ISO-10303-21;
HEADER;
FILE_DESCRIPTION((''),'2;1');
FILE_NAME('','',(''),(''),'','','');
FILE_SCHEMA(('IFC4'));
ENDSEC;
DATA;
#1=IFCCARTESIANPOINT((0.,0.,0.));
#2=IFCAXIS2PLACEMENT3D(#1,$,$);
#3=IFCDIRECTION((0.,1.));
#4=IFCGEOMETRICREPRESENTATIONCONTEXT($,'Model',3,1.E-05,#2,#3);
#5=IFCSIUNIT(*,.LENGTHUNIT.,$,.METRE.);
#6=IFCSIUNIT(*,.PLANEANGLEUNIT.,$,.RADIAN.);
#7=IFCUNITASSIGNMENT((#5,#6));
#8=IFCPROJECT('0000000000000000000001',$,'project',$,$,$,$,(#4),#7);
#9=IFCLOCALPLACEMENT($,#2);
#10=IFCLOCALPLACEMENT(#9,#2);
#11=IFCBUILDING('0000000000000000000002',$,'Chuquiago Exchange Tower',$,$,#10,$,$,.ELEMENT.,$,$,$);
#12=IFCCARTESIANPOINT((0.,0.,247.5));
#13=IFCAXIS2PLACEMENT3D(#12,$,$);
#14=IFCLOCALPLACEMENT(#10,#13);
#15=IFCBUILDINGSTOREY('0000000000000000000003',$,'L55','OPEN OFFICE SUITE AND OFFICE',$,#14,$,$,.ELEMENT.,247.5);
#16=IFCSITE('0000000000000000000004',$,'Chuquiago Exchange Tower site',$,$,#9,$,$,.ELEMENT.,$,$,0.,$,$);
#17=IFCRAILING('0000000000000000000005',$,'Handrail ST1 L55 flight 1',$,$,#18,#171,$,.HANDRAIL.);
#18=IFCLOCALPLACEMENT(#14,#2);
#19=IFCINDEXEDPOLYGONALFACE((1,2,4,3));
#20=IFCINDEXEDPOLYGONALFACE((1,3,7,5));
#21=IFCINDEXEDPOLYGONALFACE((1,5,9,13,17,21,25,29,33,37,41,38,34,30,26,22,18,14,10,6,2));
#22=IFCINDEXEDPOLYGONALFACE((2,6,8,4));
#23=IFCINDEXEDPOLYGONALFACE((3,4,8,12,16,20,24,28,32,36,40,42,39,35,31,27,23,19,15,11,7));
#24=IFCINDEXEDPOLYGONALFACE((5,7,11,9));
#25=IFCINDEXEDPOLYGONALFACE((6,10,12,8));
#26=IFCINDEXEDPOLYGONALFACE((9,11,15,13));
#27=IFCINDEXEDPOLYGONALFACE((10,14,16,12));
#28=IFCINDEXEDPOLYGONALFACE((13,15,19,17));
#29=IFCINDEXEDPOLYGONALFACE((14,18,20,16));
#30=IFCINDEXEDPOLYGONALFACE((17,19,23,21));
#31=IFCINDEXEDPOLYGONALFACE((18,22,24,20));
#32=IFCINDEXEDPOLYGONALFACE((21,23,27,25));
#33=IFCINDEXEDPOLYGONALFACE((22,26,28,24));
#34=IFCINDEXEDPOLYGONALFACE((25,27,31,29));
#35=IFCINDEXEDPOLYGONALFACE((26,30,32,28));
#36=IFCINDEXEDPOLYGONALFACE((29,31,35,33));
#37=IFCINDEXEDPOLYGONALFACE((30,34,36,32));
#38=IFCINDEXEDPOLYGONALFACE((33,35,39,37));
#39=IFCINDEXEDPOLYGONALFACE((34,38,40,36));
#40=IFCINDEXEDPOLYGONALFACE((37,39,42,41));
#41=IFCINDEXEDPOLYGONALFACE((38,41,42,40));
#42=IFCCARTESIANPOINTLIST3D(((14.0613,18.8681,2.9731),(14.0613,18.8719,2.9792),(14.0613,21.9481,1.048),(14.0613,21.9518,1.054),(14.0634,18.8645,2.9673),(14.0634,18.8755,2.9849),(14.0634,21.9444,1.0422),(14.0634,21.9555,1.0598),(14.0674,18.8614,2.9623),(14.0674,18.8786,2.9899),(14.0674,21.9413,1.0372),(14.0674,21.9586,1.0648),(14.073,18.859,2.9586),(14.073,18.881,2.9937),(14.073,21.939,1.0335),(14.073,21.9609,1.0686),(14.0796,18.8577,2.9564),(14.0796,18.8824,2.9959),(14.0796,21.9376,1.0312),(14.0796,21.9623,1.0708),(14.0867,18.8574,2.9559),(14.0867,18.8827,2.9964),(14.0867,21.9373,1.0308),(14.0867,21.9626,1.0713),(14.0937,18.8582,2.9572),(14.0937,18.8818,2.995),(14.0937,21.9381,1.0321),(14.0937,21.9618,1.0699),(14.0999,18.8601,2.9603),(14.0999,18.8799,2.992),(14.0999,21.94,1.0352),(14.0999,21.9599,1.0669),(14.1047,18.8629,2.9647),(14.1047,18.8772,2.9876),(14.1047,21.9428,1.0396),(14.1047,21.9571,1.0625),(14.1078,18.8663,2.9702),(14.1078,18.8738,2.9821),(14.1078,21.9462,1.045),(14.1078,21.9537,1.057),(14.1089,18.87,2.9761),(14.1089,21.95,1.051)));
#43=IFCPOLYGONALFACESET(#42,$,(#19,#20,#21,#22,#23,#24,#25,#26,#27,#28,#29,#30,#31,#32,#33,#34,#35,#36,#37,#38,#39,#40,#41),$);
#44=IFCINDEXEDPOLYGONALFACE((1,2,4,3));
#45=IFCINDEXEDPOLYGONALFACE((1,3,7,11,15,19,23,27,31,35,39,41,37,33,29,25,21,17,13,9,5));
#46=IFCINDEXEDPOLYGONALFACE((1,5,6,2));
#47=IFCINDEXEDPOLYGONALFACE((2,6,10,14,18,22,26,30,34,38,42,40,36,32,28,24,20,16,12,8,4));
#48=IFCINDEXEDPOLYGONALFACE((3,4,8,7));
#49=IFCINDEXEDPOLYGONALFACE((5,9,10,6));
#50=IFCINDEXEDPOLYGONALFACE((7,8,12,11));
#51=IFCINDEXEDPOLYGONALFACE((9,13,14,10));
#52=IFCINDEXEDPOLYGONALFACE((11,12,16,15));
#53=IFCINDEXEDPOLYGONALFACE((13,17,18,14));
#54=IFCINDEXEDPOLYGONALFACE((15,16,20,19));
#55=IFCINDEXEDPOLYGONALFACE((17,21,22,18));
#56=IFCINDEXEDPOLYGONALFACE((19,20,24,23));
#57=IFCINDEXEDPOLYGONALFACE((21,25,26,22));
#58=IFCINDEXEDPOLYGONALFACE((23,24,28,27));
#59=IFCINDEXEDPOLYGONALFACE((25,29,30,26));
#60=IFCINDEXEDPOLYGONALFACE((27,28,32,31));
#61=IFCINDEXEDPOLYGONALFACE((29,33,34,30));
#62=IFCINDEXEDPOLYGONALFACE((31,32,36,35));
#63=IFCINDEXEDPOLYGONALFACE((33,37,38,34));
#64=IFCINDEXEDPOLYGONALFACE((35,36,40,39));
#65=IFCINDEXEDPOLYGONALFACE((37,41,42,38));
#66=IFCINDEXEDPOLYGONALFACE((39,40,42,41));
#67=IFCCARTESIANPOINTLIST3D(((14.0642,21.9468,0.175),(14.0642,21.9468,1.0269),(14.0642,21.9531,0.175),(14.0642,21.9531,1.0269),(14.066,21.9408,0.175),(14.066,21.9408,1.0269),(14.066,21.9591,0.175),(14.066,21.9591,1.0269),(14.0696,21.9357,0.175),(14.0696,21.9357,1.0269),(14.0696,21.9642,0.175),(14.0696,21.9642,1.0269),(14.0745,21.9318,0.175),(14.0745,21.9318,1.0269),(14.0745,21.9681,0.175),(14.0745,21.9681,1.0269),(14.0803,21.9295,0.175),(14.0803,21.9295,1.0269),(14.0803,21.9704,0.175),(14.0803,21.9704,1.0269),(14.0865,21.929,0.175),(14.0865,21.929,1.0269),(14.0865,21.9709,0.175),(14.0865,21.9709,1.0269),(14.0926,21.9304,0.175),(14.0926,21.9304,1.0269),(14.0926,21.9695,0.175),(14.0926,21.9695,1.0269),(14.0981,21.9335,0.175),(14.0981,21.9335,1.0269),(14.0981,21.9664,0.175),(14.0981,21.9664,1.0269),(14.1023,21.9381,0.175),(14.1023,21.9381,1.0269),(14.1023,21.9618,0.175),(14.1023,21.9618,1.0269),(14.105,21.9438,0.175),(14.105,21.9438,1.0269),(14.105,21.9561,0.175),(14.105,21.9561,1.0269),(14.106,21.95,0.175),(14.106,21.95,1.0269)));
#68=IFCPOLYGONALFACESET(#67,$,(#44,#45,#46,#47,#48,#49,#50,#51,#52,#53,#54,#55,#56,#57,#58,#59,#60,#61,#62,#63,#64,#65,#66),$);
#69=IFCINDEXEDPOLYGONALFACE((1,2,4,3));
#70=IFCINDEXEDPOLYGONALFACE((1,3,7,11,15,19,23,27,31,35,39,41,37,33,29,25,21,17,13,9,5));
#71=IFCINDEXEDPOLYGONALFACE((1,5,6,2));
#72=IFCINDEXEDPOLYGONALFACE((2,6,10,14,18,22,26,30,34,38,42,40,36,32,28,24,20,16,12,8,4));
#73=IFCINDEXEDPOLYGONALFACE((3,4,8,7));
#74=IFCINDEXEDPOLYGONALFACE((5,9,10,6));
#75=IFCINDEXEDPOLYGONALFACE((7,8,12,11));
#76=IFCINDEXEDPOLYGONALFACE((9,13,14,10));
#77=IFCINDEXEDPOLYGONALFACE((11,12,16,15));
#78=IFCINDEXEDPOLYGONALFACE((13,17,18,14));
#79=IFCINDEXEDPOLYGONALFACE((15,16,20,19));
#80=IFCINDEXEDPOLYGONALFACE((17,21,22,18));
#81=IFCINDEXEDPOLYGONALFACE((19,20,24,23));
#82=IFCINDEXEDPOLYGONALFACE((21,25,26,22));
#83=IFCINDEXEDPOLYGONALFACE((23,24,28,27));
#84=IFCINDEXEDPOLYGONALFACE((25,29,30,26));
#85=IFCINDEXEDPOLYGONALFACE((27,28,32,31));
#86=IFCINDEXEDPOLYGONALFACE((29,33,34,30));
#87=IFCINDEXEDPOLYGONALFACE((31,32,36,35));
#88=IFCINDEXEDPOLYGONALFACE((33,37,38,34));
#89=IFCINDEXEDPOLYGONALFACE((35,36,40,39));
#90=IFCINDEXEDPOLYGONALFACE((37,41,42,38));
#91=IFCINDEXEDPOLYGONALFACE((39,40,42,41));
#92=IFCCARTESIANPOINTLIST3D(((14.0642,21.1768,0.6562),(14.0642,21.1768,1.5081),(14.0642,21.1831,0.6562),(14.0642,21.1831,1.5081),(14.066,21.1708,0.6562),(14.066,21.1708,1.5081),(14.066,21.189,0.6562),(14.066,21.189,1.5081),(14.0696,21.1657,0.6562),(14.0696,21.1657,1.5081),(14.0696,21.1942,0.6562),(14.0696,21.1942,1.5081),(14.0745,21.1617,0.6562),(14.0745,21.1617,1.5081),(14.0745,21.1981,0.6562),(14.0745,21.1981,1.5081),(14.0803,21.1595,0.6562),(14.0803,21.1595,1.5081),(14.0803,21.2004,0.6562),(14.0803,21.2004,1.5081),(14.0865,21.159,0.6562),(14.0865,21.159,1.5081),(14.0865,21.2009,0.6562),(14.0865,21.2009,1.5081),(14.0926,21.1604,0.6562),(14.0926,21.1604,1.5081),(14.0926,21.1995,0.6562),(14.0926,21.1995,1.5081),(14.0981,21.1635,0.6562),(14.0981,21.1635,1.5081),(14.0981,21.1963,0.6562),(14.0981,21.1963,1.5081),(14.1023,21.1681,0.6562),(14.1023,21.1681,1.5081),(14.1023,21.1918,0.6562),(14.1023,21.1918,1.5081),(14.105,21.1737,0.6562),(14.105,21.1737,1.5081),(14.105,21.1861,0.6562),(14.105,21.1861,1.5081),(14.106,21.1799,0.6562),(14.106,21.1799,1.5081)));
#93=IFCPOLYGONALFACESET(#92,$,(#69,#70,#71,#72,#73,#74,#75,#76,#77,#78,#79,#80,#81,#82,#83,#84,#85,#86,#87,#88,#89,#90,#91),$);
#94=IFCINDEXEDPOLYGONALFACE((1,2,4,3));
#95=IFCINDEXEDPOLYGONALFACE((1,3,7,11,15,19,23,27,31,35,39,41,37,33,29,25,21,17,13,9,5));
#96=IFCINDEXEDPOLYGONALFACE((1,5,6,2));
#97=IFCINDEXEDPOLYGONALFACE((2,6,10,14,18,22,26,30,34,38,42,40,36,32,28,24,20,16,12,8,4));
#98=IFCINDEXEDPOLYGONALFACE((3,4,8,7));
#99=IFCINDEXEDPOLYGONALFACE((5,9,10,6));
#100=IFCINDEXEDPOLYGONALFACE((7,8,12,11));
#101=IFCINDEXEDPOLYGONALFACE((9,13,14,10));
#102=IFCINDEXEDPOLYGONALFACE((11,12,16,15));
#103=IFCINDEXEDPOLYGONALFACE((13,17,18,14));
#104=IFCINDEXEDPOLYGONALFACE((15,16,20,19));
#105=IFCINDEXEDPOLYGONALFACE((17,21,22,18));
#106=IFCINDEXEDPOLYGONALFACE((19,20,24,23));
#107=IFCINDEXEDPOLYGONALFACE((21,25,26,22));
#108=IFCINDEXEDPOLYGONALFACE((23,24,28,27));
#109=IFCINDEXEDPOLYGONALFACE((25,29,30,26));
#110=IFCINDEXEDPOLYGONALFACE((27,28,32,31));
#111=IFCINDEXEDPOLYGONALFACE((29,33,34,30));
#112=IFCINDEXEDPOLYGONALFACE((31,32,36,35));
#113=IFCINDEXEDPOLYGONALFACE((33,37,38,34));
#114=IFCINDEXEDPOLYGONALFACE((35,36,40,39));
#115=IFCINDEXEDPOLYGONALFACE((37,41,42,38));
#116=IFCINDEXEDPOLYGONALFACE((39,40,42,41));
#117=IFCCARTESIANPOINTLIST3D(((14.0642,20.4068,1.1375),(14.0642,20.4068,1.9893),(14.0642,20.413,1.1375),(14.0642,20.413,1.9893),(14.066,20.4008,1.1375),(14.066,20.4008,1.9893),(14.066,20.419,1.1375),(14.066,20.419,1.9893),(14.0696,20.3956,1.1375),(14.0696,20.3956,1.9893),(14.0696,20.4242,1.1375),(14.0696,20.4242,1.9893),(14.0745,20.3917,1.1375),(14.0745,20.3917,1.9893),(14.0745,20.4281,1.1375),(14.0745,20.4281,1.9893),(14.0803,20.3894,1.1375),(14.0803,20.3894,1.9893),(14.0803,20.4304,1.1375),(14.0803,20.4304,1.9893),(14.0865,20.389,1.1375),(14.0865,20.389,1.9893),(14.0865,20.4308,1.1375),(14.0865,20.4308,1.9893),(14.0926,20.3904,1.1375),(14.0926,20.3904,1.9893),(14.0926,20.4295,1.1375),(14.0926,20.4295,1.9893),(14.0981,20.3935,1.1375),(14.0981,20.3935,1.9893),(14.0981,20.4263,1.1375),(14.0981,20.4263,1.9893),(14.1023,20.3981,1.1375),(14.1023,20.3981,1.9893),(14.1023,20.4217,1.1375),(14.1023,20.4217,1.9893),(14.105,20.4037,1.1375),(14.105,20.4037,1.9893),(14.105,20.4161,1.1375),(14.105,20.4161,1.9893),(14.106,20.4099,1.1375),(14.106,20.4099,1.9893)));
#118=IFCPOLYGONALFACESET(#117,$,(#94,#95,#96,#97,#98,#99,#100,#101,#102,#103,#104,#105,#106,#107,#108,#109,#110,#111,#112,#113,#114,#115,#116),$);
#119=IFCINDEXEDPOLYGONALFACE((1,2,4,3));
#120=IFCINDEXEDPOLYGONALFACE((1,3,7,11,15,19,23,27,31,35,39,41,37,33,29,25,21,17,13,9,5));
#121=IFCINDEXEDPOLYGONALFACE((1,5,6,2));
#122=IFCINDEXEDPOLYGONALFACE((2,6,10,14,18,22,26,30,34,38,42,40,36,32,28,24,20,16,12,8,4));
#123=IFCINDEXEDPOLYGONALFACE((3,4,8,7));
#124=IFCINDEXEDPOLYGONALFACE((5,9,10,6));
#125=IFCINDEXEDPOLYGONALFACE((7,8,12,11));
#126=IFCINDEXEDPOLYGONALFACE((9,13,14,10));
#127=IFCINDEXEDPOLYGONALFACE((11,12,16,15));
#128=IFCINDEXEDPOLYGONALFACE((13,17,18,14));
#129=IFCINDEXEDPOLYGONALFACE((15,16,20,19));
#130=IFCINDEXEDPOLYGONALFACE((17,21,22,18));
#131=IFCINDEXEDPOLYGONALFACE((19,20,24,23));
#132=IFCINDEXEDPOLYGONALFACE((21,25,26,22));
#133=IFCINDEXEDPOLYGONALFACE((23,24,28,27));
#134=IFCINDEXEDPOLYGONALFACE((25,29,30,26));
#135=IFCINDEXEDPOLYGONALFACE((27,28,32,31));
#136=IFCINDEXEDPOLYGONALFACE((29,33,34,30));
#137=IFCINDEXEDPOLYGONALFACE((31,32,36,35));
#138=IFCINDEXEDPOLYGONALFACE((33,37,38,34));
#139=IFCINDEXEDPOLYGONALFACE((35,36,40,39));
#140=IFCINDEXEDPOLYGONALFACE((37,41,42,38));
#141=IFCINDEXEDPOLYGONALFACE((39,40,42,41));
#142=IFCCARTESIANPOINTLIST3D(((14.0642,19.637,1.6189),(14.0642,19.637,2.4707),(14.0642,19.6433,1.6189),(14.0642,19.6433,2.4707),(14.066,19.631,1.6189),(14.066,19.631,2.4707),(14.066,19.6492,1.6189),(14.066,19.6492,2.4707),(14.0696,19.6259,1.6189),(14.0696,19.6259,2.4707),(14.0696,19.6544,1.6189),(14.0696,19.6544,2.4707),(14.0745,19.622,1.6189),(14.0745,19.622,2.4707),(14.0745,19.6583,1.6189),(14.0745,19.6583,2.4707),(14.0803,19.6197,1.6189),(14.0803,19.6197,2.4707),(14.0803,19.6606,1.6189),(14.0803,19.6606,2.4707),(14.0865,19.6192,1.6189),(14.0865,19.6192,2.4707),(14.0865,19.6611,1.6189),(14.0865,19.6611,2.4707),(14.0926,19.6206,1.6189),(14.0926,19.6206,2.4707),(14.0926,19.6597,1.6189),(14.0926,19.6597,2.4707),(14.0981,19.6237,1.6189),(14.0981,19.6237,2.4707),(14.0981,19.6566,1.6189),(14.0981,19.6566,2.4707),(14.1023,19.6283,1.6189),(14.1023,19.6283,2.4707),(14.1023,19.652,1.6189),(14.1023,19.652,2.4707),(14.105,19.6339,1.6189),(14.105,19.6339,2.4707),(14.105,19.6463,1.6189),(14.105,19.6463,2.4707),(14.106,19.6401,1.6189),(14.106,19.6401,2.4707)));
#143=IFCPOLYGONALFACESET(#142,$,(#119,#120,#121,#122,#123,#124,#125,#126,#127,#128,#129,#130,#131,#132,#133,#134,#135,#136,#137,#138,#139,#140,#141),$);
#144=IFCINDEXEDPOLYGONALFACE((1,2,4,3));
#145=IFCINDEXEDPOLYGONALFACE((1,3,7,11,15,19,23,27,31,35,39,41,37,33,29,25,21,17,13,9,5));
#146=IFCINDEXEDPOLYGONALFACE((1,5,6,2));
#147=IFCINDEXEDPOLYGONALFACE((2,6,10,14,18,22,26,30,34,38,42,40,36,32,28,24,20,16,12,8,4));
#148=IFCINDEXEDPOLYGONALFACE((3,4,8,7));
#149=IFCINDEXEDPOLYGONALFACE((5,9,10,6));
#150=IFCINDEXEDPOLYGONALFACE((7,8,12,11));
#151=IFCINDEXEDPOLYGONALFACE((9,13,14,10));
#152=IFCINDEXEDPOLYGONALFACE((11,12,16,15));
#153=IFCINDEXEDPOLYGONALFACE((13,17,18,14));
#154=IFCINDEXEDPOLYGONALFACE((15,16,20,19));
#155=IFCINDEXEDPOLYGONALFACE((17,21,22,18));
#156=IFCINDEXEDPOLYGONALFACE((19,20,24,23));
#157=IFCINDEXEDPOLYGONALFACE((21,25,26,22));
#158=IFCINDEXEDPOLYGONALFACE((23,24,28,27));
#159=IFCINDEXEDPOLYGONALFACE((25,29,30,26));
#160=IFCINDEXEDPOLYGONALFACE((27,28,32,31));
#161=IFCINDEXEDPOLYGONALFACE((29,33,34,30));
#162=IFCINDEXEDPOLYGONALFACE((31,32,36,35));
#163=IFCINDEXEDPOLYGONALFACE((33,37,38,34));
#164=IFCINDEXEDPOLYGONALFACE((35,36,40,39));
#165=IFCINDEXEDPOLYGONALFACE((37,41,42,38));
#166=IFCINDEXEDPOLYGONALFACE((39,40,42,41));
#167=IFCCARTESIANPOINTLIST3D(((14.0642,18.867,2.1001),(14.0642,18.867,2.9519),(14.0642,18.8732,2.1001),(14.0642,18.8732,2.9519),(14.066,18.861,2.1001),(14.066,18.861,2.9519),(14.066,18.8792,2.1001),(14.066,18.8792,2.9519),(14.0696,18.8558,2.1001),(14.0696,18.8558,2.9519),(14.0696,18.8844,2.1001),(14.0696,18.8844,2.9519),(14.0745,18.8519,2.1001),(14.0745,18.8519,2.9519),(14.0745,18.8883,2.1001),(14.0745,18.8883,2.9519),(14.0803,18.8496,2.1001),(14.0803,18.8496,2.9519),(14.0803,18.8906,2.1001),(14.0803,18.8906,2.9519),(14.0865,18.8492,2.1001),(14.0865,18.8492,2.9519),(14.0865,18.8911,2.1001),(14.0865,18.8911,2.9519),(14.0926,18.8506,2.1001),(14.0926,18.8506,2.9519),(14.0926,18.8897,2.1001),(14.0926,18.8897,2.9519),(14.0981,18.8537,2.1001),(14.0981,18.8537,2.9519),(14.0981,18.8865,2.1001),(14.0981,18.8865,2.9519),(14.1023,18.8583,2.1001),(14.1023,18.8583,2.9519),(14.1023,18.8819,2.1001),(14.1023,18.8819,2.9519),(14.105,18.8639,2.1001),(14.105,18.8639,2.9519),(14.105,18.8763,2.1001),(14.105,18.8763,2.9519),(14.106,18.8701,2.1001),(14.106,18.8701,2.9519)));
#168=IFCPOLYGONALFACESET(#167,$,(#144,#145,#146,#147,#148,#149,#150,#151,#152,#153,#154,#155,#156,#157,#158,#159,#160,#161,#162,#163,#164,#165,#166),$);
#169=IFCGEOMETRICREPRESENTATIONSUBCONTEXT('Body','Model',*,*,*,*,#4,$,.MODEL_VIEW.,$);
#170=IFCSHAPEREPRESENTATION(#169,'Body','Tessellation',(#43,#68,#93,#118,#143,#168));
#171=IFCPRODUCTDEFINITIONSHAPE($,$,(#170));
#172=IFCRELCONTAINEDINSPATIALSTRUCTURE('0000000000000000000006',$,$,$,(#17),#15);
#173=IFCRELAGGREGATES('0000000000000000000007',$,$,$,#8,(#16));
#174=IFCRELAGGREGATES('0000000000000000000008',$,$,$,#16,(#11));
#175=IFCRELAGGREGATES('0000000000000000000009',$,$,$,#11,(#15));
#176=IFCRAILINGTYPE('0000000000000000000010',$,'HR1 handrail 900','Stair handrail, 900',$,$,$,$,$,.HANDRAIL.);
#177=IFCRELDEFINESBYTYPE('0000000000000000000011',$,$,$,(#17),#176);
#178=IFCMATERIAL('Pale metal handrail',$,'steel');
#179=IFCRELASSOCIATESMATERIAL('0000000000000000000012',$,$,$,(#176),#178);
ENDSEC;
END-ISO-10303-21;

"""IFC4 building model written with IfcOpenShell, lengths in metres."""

from ifc_helpers import new_model, si_unit, direction, frame, origin, origin_2d, place, context, subcontext, project, spatial, circle, extrude, material, type_object, element, save


model = new_model("IFC4")

# Units and contexts
model_context = context("Model", 3, precision=1e-05, world=origin(), true_north=direction((0.0, 1.0)))
body_context = subcontext(model_context, "Body", "Model", "MODEL_VIEW")
ifc_project = project(units=[si_unit("LENGTHUNIT", "METRE"), si_unit("PLANEANGLEUNIT", "RADIAN")], contexts=[model_context])

# Site, building, storey
site_placement = place(None, origin())
site = spatial("IfcSite", under=ifc_project, at=site_placement, Name="Chuquiago Exchange Tower site", CompositionType="ELEMENT", RefElevation=0.0)
building_placement = place(site_placement, origin())
building = spatial("IfcBuilding", under=site, at=building_placement, Name="Chuquiago Exchange Tower", CompositionType="ELEMENT")
storey_placement = place(building_placement, frame((0.0, 0.0, 247.5)))
storey = spatial("IfcBuildingStorey", under=building, at=storey_placement, Name="L55", Description="OPEN OFFICE SUITE AND OFFICE", CompositionType="ELEMENT", Elevation=247.5)

# Railing
ifc_material_1 = material(Name="Pale metal handrail", Category="steel")
railing_type_1 = type_object("IfcRailingType", Name="HR1 handrail 900", Description="Stair handrail, 900", PredefinedType="HANDRAIL", material=ifc_material_1)
for number, where, name in (
    (1, (14.085, 21.95, 0.175), "Handrail ST1 L55 flight 1"),
):
    element("IfcRailing", number, at=place(storey_placement, frame(where)), inside=storey, type_object=railing_type_1, Name=name, PredefinedType="HANDRAIL", context=body_context, shape_type="SweptSolid", body=[
        extrude(circle(Radius=0.0239, at=origin_2d()), frame((0.0, 0.0, 0.876), z_axis=(0.0, -0.847979, 0.530029), x_axis=(1.0, 0.0, 0.0)), (0.0, 0.0, 1.0), 3.6321),
        extrude(circle(Radius=0.021, at=origin_2d()), origin(), (0.0, 0.0, 1.0), 0.8518),
        extrude(circle(Radius=0.021, at=origin_2d()), frame((0.0, -0.77, 0.4812)), (0.0, 0.0, 1.0), 0.8518),
        extrude(circle(Radius=0.021, at=origin_2d()), frame((0.0, -1.54, 0.9624)), (0.0, 0.0, 1.0), 0.8518),
        extrude(circle(Radius=0.021, at=origin_2d()), frame((0.0, -2.3098, 1.4438)), (0.0, 0.0, 1.0), 0.8518),
        extrude(circle(Radius=0.021, at=origin_2d()), frame((0.0, -3.0798, 1.925)), (0.0, 0.0, 1.0), 0.8518),
    ])

save(model, "model.ifc")
